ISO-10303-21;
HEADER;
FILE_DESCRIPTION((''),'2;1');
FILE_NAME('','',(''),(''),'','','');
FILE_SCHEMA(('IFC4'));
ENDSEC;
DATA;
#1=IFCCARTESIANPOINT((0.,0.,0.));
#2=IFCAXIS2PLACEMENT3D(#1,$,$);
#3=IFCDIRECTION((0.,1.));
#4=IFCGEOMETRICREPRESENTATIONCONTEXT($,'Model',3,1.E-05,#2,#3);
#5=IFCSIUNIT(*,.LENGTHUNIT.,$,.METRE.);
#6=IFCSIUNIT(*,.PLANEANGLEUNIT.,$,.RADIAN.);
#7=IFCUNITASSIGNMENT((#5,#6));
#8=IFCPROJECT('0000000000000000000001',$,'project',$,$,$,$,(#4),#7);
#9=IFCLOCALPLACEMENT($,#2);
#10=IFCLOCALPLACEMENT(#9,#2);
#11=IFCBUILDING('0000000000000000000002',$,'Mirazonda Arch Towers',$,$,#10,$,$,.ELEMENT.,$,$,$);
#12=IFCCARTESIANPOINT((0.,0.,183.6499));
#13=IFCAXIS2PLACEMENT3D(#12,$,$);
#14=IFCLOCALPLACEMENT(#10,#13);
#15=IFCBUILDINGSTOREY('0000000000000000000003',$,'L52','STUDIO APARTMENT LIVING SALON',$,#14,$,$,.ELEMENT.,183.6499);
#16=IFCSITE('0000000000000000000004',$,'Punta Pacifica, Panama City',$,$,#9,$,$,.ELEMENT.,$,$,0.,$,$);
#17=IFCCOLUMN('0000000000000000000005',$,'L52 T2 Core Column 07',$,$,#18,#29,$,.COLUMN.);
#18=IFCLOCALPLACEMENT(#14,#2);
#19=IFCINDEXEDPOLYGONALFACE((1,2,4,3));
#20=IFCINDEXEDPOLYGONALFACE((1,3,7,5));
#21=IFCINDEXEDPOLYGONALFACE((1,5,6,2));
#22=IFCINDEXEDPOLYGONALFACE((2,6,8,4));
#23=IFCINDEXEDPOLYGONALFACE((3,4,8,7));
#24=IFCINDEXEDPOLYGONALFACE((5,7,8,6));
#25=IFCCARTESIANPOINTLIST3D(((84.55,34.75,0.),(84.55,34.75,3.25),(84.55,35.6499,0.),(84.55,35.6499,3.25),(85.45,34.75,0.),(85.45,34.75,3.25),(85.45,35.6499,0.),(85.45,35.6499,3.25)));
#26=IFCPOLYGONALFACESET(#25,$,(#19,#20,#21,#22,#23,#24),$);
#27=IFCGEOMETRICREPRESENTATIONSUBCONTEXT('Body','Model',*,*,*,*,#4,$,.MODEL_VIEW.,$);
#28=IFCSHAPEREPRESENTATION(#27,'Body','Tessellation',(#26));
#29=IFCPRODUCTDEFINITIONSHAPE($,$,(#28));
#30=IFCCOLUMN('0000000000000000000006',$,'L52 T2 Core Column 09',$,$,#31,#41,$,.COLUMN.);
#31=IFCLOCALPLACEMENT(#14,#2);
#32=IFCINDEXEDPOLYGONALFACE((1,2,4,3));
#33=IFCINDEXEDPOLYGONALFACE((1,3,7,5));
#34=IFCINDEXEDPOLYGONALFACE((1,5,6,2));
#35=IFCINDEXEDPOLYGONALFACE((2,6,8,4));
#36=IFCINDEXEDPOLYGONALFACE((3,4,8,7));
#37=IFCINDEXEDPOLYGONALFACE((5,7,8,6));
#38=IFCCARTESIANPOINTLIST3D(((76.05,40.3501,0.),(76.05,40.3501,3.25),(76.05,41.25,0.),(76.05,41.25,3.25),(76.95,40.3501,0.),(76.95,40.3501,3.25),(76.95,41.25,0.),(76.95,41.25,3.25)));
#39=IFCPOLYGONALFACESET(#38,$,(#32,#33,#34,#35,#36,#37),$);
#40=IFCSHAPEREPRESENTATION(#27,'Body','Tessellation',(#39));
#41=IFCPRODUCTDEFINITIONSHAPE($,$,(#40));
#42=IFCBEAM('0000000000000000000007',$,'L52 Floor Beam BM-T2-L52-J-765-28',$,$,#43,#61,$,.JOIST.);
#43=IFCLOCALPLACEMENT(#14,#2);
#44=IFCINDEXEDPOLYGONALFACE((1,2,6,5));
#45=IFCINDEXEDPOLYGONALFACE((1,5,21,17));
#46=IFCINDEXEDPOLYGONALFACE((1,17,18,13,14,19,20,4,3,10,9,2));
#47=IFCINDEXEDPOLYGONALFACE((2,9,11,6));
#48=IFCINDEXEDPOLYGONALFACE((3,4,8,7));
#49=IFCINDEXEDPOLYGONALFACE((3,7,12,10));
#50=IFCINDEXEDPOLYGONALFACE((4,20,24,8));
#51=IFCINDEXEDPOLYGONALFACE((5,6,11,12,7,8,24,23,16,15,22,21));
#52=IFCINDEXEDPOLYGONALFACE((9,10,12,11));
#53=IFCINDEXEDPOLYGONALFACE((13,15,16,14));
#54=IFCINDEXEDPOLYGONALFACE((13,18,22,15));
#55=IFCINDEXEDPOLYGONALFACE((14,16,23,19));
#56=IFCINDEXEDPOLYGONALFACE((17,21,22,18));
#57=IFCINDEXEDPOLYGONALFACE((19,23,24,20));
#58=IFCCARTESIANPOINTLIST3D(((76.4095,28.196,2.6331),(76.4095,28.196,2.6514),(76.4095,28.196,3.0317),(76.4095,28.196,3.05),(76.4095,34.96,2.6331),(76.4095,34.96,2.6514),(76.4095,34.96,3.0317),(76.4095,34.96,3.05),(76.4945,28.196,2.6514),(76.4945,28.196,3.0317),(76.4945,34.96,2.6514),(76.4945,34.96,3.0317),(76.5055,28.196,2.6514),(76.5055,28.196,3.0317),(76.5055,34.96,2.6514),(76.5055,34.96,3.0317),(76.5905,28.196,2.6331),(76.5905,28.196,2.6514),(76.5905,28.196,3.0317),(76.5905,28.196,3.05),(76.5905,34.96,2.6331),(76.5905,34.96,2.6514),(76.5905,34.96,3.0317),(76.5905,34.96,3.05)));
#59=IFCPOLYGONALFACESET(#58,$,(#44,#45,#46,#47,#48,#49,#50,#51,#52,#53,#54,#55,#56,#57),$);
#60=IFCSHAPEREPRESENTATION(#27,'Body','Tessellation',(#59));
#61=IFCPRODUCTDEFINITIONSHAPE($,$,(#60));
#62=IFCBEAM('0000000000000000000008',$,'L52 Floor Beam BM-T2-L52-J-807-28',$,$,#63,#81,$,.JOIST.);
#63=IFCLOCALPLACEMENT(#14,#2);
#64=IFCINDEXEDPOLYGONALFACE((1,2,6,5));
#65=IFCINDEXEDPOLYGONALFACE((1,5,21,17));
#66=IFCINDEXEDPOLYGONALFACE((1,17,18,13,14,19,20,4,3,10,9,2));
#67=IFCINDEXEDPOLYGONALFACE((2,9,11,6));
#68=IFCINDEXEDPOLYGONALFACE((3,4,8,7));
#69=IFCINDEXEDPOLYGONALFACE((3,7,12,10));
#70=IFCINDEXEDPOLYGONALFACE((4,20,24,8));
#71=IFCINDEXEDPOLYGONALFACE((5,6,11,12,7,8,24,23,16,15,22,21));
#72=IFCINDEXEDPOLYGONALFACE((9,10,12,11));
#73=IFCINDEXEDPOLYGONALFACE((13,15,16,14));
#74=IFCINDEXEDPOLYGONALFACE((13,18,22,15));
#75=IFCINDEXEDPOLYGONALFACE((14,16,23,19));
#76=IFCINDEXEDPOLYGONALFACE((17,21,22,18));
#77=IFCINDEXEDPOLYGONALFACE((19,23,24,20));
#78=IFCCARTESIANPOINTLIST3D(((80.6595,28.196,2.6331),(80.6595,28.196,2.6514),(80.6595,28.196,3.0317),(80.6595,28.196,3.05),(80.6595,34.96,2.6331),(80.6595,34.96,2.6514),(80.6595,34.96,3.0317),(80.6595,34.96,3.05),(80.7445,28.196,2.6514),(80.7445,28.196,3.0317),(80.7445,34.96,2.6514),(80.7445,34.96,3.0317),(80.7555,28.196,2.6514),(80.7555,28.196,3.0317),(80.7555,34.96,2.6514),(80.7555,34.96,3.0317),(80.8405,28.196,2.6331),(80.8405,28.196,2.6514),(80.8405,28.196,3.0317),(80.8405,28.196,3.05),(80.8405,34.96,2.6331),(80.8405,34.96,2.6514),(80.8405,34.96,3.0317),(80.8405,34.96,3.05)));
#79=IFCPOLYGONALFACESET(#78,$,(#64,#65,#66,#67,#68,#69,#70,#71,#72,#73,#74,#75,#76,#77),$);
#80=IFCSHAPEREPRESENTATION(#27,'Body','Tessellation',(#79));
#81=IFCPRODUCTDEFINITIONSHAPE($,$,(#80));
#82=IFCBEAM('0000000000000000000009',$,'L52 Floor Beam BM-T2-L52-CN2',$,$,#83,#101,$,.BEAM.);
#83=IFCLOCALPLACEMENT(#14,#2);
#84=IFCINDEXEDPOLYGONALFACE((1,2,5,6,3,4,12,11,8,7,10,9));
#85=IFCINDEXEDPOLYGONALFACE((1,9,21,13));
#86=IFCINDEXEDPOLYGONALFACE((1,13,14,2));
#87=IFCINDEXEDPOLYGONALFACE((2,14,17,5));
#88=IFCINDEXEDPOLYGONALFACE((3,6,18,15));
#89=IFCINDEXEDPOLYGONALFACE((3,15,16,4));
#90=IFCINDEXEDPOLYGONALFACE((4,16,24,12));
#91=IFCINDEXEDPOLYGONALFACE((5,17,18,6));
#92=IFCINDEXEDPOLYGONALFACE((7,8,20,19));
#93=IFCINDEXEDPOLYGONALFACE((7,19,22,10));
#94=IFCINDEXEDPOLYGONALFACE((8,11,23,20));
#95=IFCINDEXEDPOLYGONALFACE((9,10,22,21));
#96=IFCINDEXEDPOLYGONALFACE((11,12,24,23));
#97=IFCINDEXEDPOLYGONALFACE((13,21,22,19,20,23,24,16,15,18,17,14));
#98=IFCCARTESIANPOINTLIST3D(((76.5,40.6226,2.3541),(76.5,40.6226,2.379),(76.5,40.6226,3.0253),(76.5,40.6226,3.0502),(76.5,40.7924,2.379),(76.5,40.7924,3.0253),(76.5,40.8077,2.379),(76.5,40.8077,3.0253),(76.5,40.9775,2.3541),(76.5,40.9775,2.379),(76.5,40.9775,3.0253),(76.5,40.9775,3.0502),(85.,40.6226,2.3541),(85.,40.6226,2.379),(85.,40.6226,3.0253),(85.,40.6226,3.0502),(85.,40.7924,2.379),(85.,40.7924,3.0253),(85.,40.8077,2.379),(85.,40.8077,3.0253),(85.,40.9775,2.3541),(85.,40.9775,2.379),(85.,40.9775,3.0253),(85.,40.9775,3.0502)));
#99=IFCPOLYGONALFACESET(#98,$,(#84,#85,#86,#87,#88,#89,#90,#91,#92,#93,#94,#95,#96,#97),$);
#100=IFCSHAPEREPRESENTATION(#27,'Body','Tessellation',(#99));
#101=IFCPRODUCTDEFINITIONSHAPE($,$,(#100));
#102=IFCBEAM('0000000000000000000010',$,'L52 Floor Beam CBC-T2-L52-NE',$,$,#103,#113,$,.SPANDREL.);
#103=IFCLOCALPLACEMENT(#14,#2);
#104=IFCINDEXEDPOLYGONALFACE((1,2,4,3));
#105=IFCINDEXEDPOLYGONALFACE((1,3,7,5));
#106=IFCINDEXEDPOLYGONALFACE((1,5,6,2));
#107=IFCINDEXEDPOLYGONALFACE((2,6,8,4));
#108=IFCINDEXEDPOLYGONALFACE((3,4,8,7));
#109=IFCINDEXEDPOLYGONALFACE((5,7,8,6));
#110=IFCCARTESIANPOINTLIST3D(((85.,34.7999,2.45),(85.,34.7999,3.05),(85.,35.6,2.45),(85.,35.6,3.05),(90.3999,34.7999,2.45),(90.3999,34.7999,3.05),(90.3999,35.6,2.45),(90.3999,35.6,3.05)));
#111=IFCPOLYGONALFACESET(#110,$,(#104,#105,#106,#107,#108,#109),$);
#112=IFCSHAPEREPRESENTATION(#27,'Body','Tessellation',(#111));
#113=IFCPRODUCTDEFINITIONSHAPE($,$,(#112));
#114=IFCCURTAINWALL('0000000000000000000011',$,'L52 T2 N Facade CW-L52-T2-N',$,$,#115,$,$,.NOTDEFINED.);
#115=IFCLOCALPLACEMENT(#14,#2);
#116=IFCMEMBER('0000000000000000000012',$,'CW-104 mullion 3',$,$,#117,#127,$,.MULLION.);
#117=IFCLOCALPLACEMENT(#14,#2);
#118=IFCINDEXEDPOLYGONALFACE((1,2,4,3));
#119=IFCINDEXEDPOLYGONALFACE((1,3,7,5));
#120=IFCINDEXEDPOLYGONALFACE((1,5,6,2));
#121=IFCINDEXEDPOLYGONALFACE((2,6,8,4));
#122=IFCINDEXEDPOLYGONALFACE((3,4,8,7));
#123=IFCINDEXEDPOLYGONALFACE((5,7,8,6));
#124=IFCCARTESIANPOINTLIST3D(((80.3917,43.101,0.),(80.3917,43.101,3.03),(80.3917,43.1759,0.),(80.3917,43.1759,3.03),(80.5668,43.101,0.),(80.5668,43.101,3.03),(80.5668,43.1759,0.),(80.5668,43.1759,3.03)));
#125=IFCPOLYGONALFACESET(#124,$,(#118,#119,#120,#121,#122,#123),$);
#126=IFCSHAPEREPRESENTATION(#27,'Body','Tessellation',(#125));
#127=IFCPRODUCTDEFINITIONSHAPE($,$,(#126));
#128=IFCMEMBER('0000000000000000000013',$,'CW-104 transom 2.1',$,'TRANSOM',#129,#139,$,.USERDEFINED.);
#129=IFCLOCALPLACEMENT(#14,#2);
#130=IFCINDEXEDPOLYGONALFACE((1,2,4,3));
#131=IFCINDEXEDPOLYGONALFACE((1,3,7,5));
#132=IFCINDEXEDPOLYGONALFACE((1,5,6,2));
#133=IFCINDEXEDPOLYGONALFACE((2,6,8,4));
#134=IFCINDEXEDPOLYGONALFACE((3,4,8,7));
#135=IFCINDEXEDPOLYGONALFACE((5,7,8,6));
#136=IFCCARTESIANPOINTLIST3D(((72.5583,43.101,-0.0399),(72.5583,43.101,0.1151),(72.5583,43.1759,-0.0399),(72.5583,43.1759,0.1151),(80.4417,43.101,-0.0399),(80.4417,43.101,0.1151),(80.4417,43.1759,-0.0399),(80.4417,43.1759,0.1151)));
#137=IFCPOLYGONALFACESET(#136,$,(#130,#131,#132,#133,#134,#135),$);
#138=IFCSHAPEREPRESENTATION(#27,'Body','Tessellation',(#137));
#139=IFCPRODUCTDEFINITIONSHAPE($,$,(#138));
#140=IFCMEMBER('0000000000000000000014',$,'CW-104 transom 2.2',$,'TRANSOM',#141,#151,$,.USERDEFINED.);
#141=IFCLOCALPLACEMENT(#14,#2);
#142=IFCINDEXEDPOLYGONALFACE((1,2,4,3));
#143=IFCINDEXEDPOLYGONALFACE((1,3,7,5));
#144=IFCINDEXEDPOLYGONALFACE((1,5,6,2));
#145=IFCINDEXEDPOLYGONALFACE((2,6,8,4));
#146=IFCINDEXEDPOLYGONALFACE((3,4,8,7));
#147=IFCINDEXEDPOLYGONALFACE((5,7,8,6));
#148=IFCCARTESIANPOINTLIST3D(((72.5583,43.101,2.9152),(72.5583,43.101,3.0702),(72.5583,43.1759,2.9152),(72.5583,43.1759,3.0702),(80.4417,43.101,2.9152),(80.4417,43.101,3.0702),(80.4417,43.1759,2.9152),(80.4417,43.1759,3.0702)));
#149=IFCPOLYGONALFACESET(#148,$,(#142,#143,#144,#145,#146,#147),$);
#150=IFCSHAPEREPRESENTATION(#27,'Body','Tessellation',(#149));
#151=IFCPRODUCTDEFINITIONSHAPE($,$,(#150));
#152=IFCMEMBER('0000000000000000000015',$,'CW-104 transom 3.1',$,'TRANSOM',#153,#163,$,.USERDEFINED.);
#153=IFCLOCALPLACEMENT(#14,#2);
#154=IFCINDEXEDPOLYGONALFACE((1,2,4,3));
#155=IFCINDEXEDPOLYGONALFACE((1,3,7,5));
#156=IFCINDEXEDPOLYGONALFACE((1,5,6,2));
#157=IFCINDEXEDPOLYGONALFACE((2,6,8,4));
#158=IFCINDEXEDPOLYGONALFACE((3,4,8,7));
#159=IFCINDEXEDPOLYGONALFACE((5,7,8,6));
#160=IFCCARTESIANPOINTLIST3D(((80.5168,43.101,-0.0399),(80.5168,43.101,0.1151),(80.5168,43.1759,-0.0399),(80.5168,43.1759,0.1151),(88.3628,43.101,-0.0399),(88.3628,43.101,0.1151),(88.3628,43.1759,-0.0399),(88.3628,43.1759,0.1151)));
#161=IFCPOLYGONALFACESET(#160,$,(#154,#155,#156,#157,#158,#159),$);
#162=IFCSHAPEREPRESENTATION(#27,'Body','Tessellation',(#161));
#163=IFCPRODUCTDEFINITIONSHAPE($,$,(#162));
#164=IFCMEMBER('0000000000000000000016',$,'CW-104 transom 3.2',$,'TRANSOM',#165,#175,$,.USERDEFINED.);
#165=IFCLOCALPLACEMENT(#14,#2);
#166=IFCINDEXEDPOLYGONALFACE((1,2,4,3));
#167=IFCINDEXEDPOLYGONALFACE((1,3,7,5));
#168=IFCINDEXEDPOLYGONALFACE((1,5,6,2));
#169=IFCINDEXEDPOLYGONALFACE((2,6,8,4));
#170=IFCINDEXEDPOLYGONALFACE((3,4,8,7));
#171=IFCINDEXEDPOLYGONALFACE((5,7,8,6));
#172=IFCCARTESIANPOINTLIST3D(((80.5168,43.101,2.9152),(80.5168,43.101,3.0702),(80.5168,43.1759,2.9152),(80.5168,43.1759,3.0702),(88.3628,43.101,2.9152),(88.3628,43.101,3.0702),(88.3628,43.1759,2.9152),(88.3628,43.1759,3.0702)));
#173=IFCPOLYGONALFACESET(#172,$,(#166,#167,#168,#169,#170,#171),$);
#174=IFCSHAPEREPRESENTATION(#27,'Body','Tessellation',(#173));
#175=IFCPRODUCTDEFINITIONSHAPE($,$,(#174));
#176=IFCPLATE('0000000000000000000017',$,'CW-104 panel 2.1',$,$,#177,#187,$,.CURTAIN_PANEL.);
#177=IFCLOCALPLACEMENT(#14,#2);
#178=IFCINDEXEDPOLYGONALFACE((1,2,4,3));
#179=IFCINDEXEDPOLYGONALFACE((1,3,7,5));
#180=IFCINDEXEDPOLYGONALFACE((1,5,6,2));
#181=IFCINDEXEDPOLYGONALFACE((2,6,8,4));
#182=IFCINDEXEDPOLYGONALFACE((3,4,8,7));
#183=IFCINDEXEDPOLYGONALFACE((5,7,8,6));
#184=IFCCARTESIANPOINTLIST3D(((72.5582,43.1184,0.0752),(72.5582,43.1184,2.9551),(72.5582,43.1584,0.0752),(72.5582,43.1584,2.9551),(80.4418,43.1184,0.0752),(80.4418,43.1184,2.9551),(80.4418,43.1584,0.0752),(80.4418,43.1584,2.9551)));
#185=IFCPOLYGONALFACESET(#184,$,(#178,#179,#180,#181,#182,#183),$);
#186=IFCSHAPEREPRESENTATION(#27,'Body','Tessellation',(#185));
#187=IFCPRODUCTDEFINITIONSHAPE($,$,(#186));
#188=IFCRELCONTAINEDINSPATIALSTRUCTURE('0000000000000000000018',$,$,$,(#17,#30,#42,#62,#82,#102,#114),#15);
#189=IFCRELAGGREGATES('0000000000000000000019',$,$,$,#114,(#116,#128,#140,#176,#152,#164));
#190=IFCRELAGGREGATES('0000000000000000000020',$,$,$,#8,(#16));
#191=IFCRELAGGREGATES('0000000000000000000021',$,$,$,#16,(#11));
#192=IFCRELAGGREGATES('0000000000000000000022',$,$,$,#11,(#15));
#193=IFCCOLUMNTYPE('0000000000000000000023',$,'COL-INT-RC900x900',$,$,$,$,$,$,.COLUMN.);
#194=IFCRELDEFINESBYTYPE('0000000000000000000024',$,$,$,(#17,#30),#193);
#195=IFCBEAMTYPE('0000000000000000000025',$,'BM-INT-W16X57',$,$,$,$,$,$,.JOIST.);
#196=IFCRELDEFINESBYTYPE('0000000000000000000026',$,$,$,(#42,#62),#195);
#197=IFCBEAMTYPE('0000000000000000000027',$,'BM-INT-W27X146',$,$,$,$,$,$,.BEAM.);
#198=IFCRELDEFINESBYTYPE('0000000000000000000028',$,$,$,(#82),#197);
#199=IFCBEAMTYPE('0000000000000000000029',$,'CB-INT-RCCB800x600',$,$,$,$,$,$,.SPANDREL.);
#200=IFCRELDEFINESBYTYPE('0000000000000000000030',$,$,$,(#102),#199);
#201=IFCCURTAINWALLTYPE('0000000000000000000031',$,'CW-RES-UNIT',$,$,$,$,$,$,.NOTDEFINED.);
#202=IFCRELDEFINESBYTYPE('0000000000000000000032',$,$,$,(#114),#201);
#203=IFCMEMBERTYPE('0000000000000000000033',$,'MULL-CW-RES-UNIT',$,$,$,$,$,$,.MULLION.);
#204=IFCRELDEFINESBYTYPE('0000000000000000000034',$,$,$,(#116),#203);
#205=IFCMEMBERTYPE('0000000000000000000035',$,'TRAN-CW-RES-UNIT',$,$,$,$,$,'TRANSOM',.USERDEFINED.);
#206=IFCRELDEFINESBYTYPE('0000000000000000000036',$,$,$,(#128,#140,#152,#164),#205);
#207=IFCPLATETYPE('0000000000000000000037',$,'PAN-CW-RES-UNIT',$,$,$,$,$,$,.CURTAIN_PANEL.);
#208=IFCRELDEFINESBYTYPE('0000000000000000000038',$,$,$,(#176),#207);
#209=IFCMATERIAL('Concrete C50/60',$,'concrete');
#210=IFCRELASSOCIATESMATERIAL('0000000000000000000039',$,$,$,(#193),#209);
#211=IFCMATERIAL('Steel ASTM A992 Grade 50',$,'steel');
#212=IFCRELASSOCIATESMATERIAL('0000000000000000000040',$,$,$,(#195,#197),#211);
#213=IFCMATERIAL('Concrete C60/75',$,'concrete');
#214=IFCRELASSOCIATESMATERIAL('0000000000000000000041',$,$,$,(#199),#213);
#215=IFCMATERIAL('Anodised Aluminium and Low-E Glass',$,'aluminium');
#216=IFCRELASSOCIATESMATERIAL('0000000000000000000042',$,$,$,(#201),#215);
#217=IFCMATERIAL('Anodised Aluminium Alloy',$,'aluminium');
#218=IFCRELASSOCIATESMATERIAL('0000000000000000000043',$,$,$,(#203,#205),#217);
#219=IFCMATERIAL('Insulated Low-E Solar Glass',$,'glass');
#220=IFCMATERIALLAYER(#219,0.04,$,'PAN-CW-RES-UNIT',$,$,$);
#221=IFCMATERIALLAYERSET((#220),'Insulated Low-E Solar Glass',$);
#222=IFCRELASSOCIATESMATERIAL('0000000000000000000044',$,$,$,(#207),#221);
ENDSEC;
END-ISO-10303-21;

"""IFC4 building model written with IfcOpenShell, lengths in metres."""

from ifc_helpers import new_model, si_unit, direction, frame, origin, origin_2d, place, context, subcontext, project, spatial, rectangle, i_section, extrude, material, layer, layer_set, material_profile, profile_set, type_object, element, aggregate, save


model = new_model("IFC4")

# Units and contexts
model_context = context("Model", 3, precision=1e-05, world=origin(), true_north=direction((0.0, 1.0)))
body_context = subcontext(model_context, "Body", "Model", "MODEL_VIEW")
ifc_project = project(units=[si_unit("LENGTHUNIT", "METRE"), si_unit("PLANEANGLEUNIT", "RADIAN")], contexts=[model_context])

# Site, building, storey
site_placement = place(None, origin())
site = spatial("IfcSite", under=ifc_project, at=site_placement, Name="Punta Pacifica, Panama City", CompositionType="ELEMENT", RefElevation=0.0)
building_placement = place(site_placement, origin())
building = spatial("IfcBuilding", under=site, at=building_placement, Name="Mirazonda Arch Towers", CompositionType="ELEMENT")
storey_placement = place(building_placement, frame((0.0, 0.0, 183.6499)))
storey = spatial("IfcBuildingStorey", under=building, at=storey_placement, Name="L52", Description="STUDIO APARTMENT LIVING SALON", CompositionType="ELEMENT", Elevation=183.6499)

# Columns
ifc_material_1 = material(Name="Concrete C50/60", Category="concrete")
ifc_material_profile_1 = material_profile(ifc_material_1, rectangle(XDim=0.8999, YDim=0.8999, at=origin_2d()), Name="RC900x900")
ifc_profile_set_1 = profile_set([ifc_material_profile_1], Name="Concrete C50/60")
column_type = type_object("IfcColumnType", Name="COL-INT-RC900x900", PredefinedType="COLUMN", material=ifc_profile_set_1)
for number, where, z_axis, x_axis, name in (
    (1, (85.0, 35.2, 0.0), (0.0, 0.0, 1.0), (1.0, 0.0, 0.0), "L52 T2 Core Column 07"),
    (2, (76.5, 40.8, 0.0), (0.0, 0.0, 1.0), (1.0, 0.0, 0.0), "L52 T2 Core Column 09"),
):
    element("IfcColumn", number, at=place(storey_placement, frame(where, z_axis=z_axis, x_axis=x_axis)), inside=storey, type_object=column_type, Name=name, PredefinedType="COLUMN", context=body_context, shape_type="SweptSolid", body=[
        extrude(rectangle(XDim=0.8999, YDim=0.8999, at=origin_2d()), origin(), (0.0, 0.0, 1.0), 3.25),
    ])

# Beams
ifc_material_2 = material(Name="Steel ASTM A992 Grade 50", Category="steel")
ifc_material_profile_2 = material_profile(ifc_material_2, i_section(OverallWidth=0.1809, OverallDepth=0.417, WebThickness=0.011, FlangeThickness=0.0183, at=origin_2d()), Name="W16X57")
ifc_profile_set_2 = profile_set([ifc_material_profile_2], Name="Steel ASTM A992 Grade 50")
beam_type_1 = type_object("IfcBeamType", Name="BM-INT-W16X57", PredefinedType="JOIST", material=ifc_profile_set_2)
for number, where, z_axis, x_axis, name in (
    (3, (76.5, 28.196, 2.8416), (0.0, 1.0, 0.0), (-1.0, 0.0, 0.0), "L52 Floor Beam BM-T2-L52-J-765-28"),
    (4, (80.75, 28.196, 2.8416), (0.0, 1.0, 0.0), (-1.0, 0.0, 0.0), "L52 Floor Beam BM-T2-L52-J-807-28"),
):
    element("IfcBeam", number, at=place(storey_placement, frame(where, z_axis=z_axis, x_axis=x_axis)), inside=storey, type_object=beam_type_1, Name=name, PredefinedType="JOIST", context=body_context, shape_type="SweptSolid", body=[
        extrude(i_section(OverallWidth=0.1809, OverallDepth=0.417, WebThickness=0.011, FlangeThickness=0.0183, at=origin_2d()), origin(), (0.0, 0.0, 1.0), 6.7639),
    ])
ifc_material_profile_3 = material_profile(ifc_material_2, i_section(OverallWidth=0.355, OverallDepth=0.696, WebThickness=0.0154, FlangeThickness=0.0249, at=origin_2d()), Name="W27X146")
ifc_profile_set_3 = profile_set([ifc_material_profile_3], Name="Steel ASTM A992 Grade 50")
beam_type_2 = type_object("IfcBeamType", Name="BM-INT-W27X146", PredefinedType="BEAM", material=ifc_profile_set_3)
beam_1_placement = place(storey_placement, frame((76.5, 40.8, 2.7021), z_axis=(1.0, 0.0, 0.0), x_axis=(0.0, 1.0, 0.0)))
element("IfcBeam", 5, at=beam_1_placement, inside=storey, type_object=beam_type_2, Name="L52 Floor Beam BM-T2-L52-CN2", PredefinedType="BEAM", context=body_context, shape_type="SweptSolid", body=[
    extrude(i_section(OverallWidth=0.355, OverallDepth=0.696, WebThickness=0.0154, FlangeThickness=0.0249, at=origin_2d()), origin(), (0.0, 0.0, 1.0), 8.5),
])
ifc_material_3 = material(Name="Concrete C60/75", Category="concrete")
ifc_material_profile_4 = material_profile(ifc_material_3, rectangle(XDim=0.8, YDim=0.6001, at=origin_2d()), Name="RCCB800x600")
ifc_profile_set_4 = profile_set([ifc_material_profile_4], Name="Concrete C60/75")
beam_type_3 = type_object("IfcBeamType", Name="CB-INT-RCCB800x600", PredefinedType="SPANDREL", material=ifc_profile_set_4)
beam_2_placement = place(storey_placement, frame((85.0, 35.2, 2.75), z_axis=(1.0, 0.0, 0.0), x_axis=(0.0, 1.0, 0.0)))
element("IfcBeam", 6, at=beam_2_placement, inside=storey, type_object=beam_type_3, Name="L52 Floor Beam CBC-T2-L52-NE", PredefinedType="SPANDREL", context=body_context, shape_type="SweptSolid", body=[
    extrude(rectangle(XDim=0.8, YDim=0.6001, at=origin_2d()), origin(), (0.0, 0.0, 1.0), 5.3999),
])

# Curtain wall, members, plate
ifc_material_4 = material(Name="Anodised Aluminium and Low-E Glass", Category="aluminium")
curtain_wall_type = type_object("IfcCurtainWallType", Name="CW-RES-UNIT", PredefinedType="NOTDEFINED", material=ifc_material_4)
curtain_wall_placement = place(storey_placement, origin())
curtain_wall = element("IfcCurtainWall", 7, at=curtain_wall_placement, inside=storey, type_object=curtain_wall_type, Name="L52 T2 N Facade CW-L52-T2-N", PredefinedType="NOTDEFINED")
ifc_material_5 = material(Name="Anodised Aluminium Alloy", Category="aluminium")
ifc_material_profile_5 = material_profile(ifc_material_5, rectangle(XDim=0.075, YDim=0.175, at=origin_2d()), Name="ALU-MULL-75x175")
ifc_profile_set_5 = profile_set([ifc_material_profile_5], Name="Anodised Aluminium Alloy")
member_type_1 = type_object("IfcMemberType", Name="MULL-CW-RES-UNIT", PredefinedType="MULLION", material=ifc_profile_set_5)
member_1_placement = place(storey_placement, frame((80.4792, 43.1384, 0.0), z_axis=(0.0, 0.0, 1.0), x_axis=(0.0, 1.0, 0.0)))
member_1 = element("IfcMember", 8, at=member_1_placement, type_object=member_type_1, Name="CW-104 mullion 3", PredefinedType="MULLION", context=body_context, shape_type="SweptSolid", body=[
    extrude(rectangle(XDim=0.075, YDim=0.175, at=origin_2d()), origin(), (0.0, 0.0, 1.0), 3.03),
])
ifc_material_profile_6 = material_profile(ifc_material_5, rectangle(XDim=0.075, YDim=0.155, at=origin_2d()), Name="ALU-TRAN-75x155")
ifc_profile_set_6 = profile_set([ifc_material_profile_6], Name="Anodised Aluminium Alloy")
member_type_2 = type_object("IfcMemberType", Name="TRAN-CW-RES-UNIT", ElementType="TRANSOM", PredefinedType="USERDEFINED", material=ifc_profile_set_6)
member_2_placement = place(storey_placement, frame((72.5583, 43.1384, 0.0376), z_axis=(1.0, 0.0, 0.0), x_axis=(0.0, 1.0, 0.0)))
member_2 = element("IfcMember", 9, at=member_2_placement, type_object=member_type_2, Name="CW-104 transom 2.1", ObjectType="TRANSOM", PredefinedType="USERDEFINED", context=body_context, shape_type="SweptSolid", body=[
    extrude(rectangle(XDim=0.075, YDim=0.155, at=origin_2d()), origin(), (0.0, 0.0, 1.0), 7.8833),
])
member_3_placement = place(storey_placement, frame((72.5583, 43.1384, 2.9927), z_axis=(1.0, 0.0, 0.0), x_axis=(0.0, 1.0, 0.0)))
member_3 = element("IfcMember", 10, at=member_3_placement, type_object=member_type_2, Name="CW-104 transom 2.2", ObjectType="TRANSOM", PredefinedType="USERDEFINED", context=body_context, shape_type="SweptSolid", body=[
    extrude(rectangle(XDim=0.075, YDim=0.155, at=origin_2d()), origin(), (0.0, 0.0, 1.0), 7.8833),
])
member_4_placement = place(storey_placement, frame((80.5168, 43.1384, 0.0376), z_axis=(1.0, 0.0, 0.0), x_axis=(0.0, 1.0, 0.0)))
member_4 = element("IfcMember", 11, at=member_4_placement, type_object=member_type_2, Name="CW-104 transom 3.1", ObjectType="TRANSOM", PredefinedType="USERDEFINED", context=body_context, shape_type="SweptSolid", body=[
    extrude(rectangle(XDim=0.075, YDim=0.155, at=origin_2d()), origin(), (0.0, 0.0, 1.0), 7.8459),
])
member_5_placement = place(storey_placement, frame((80.5168, 43.1384, 2.9927), z_axis=(1.0, 0.0, 0.0), x_axis=(0.0, 1.0, 0.0)))
member_5 = element("IfcMember", 12, at=member_5_placement, type_object=member_type_2, Name="CW-104 transom 3.2", ObjectType="TRANSOM", PredefinedType="USERDEFINED", context=body_context, shape_type="SweptSolid", body=[
    extrude(rectangle(XDim=0.075, YDim=0.155, at=origin_2d()), origin(), (0.0, 0.0, 1.0), 7.8459),
])
ifc_material_6 = material(Name="Insulated Low-E Solar Glass", Category="glass")
ifc_layer_1 = layer(ifc_material_6, 0.04, Name="PAN-CW-RES-UNIT")
ifc_layer_set_1 = layer_set([ifc_layer_1], Name="Insulated Low-E Solar Glass")
plate_type = type_object("IfcPlateType", Name="PAN-CW-RES-UNIT", PredefinedType="CURTAIN_PANEL", material=ifc_layer_set_1)
plate_1_placement = place(storey_placement, frame((76.5, 43.1384, 0.0752), z_axis=(0.0, 0.0, 1.0), x_axis=(1.0, 0.0, 0.0)))
plate_1 = element("IfcPlate", 13, at=plate_1_placement, type_object=plate_type, Name="CW-104 panel 2.1", PredefinedType="CURTAIN_PANEL", context=body_context, shape_type="SweptSolid", body=[
    extrude(rectangle(XDim=7.8835, YDim=0.04, at=origin_2d()), origin(), (0.0, 0.0, 1.0), 2.8799),
])
aggregate(curtain_wall, [member_1, member_2, member_3, plate_1, member_4, member_5])

save(model, "model.ifc")
